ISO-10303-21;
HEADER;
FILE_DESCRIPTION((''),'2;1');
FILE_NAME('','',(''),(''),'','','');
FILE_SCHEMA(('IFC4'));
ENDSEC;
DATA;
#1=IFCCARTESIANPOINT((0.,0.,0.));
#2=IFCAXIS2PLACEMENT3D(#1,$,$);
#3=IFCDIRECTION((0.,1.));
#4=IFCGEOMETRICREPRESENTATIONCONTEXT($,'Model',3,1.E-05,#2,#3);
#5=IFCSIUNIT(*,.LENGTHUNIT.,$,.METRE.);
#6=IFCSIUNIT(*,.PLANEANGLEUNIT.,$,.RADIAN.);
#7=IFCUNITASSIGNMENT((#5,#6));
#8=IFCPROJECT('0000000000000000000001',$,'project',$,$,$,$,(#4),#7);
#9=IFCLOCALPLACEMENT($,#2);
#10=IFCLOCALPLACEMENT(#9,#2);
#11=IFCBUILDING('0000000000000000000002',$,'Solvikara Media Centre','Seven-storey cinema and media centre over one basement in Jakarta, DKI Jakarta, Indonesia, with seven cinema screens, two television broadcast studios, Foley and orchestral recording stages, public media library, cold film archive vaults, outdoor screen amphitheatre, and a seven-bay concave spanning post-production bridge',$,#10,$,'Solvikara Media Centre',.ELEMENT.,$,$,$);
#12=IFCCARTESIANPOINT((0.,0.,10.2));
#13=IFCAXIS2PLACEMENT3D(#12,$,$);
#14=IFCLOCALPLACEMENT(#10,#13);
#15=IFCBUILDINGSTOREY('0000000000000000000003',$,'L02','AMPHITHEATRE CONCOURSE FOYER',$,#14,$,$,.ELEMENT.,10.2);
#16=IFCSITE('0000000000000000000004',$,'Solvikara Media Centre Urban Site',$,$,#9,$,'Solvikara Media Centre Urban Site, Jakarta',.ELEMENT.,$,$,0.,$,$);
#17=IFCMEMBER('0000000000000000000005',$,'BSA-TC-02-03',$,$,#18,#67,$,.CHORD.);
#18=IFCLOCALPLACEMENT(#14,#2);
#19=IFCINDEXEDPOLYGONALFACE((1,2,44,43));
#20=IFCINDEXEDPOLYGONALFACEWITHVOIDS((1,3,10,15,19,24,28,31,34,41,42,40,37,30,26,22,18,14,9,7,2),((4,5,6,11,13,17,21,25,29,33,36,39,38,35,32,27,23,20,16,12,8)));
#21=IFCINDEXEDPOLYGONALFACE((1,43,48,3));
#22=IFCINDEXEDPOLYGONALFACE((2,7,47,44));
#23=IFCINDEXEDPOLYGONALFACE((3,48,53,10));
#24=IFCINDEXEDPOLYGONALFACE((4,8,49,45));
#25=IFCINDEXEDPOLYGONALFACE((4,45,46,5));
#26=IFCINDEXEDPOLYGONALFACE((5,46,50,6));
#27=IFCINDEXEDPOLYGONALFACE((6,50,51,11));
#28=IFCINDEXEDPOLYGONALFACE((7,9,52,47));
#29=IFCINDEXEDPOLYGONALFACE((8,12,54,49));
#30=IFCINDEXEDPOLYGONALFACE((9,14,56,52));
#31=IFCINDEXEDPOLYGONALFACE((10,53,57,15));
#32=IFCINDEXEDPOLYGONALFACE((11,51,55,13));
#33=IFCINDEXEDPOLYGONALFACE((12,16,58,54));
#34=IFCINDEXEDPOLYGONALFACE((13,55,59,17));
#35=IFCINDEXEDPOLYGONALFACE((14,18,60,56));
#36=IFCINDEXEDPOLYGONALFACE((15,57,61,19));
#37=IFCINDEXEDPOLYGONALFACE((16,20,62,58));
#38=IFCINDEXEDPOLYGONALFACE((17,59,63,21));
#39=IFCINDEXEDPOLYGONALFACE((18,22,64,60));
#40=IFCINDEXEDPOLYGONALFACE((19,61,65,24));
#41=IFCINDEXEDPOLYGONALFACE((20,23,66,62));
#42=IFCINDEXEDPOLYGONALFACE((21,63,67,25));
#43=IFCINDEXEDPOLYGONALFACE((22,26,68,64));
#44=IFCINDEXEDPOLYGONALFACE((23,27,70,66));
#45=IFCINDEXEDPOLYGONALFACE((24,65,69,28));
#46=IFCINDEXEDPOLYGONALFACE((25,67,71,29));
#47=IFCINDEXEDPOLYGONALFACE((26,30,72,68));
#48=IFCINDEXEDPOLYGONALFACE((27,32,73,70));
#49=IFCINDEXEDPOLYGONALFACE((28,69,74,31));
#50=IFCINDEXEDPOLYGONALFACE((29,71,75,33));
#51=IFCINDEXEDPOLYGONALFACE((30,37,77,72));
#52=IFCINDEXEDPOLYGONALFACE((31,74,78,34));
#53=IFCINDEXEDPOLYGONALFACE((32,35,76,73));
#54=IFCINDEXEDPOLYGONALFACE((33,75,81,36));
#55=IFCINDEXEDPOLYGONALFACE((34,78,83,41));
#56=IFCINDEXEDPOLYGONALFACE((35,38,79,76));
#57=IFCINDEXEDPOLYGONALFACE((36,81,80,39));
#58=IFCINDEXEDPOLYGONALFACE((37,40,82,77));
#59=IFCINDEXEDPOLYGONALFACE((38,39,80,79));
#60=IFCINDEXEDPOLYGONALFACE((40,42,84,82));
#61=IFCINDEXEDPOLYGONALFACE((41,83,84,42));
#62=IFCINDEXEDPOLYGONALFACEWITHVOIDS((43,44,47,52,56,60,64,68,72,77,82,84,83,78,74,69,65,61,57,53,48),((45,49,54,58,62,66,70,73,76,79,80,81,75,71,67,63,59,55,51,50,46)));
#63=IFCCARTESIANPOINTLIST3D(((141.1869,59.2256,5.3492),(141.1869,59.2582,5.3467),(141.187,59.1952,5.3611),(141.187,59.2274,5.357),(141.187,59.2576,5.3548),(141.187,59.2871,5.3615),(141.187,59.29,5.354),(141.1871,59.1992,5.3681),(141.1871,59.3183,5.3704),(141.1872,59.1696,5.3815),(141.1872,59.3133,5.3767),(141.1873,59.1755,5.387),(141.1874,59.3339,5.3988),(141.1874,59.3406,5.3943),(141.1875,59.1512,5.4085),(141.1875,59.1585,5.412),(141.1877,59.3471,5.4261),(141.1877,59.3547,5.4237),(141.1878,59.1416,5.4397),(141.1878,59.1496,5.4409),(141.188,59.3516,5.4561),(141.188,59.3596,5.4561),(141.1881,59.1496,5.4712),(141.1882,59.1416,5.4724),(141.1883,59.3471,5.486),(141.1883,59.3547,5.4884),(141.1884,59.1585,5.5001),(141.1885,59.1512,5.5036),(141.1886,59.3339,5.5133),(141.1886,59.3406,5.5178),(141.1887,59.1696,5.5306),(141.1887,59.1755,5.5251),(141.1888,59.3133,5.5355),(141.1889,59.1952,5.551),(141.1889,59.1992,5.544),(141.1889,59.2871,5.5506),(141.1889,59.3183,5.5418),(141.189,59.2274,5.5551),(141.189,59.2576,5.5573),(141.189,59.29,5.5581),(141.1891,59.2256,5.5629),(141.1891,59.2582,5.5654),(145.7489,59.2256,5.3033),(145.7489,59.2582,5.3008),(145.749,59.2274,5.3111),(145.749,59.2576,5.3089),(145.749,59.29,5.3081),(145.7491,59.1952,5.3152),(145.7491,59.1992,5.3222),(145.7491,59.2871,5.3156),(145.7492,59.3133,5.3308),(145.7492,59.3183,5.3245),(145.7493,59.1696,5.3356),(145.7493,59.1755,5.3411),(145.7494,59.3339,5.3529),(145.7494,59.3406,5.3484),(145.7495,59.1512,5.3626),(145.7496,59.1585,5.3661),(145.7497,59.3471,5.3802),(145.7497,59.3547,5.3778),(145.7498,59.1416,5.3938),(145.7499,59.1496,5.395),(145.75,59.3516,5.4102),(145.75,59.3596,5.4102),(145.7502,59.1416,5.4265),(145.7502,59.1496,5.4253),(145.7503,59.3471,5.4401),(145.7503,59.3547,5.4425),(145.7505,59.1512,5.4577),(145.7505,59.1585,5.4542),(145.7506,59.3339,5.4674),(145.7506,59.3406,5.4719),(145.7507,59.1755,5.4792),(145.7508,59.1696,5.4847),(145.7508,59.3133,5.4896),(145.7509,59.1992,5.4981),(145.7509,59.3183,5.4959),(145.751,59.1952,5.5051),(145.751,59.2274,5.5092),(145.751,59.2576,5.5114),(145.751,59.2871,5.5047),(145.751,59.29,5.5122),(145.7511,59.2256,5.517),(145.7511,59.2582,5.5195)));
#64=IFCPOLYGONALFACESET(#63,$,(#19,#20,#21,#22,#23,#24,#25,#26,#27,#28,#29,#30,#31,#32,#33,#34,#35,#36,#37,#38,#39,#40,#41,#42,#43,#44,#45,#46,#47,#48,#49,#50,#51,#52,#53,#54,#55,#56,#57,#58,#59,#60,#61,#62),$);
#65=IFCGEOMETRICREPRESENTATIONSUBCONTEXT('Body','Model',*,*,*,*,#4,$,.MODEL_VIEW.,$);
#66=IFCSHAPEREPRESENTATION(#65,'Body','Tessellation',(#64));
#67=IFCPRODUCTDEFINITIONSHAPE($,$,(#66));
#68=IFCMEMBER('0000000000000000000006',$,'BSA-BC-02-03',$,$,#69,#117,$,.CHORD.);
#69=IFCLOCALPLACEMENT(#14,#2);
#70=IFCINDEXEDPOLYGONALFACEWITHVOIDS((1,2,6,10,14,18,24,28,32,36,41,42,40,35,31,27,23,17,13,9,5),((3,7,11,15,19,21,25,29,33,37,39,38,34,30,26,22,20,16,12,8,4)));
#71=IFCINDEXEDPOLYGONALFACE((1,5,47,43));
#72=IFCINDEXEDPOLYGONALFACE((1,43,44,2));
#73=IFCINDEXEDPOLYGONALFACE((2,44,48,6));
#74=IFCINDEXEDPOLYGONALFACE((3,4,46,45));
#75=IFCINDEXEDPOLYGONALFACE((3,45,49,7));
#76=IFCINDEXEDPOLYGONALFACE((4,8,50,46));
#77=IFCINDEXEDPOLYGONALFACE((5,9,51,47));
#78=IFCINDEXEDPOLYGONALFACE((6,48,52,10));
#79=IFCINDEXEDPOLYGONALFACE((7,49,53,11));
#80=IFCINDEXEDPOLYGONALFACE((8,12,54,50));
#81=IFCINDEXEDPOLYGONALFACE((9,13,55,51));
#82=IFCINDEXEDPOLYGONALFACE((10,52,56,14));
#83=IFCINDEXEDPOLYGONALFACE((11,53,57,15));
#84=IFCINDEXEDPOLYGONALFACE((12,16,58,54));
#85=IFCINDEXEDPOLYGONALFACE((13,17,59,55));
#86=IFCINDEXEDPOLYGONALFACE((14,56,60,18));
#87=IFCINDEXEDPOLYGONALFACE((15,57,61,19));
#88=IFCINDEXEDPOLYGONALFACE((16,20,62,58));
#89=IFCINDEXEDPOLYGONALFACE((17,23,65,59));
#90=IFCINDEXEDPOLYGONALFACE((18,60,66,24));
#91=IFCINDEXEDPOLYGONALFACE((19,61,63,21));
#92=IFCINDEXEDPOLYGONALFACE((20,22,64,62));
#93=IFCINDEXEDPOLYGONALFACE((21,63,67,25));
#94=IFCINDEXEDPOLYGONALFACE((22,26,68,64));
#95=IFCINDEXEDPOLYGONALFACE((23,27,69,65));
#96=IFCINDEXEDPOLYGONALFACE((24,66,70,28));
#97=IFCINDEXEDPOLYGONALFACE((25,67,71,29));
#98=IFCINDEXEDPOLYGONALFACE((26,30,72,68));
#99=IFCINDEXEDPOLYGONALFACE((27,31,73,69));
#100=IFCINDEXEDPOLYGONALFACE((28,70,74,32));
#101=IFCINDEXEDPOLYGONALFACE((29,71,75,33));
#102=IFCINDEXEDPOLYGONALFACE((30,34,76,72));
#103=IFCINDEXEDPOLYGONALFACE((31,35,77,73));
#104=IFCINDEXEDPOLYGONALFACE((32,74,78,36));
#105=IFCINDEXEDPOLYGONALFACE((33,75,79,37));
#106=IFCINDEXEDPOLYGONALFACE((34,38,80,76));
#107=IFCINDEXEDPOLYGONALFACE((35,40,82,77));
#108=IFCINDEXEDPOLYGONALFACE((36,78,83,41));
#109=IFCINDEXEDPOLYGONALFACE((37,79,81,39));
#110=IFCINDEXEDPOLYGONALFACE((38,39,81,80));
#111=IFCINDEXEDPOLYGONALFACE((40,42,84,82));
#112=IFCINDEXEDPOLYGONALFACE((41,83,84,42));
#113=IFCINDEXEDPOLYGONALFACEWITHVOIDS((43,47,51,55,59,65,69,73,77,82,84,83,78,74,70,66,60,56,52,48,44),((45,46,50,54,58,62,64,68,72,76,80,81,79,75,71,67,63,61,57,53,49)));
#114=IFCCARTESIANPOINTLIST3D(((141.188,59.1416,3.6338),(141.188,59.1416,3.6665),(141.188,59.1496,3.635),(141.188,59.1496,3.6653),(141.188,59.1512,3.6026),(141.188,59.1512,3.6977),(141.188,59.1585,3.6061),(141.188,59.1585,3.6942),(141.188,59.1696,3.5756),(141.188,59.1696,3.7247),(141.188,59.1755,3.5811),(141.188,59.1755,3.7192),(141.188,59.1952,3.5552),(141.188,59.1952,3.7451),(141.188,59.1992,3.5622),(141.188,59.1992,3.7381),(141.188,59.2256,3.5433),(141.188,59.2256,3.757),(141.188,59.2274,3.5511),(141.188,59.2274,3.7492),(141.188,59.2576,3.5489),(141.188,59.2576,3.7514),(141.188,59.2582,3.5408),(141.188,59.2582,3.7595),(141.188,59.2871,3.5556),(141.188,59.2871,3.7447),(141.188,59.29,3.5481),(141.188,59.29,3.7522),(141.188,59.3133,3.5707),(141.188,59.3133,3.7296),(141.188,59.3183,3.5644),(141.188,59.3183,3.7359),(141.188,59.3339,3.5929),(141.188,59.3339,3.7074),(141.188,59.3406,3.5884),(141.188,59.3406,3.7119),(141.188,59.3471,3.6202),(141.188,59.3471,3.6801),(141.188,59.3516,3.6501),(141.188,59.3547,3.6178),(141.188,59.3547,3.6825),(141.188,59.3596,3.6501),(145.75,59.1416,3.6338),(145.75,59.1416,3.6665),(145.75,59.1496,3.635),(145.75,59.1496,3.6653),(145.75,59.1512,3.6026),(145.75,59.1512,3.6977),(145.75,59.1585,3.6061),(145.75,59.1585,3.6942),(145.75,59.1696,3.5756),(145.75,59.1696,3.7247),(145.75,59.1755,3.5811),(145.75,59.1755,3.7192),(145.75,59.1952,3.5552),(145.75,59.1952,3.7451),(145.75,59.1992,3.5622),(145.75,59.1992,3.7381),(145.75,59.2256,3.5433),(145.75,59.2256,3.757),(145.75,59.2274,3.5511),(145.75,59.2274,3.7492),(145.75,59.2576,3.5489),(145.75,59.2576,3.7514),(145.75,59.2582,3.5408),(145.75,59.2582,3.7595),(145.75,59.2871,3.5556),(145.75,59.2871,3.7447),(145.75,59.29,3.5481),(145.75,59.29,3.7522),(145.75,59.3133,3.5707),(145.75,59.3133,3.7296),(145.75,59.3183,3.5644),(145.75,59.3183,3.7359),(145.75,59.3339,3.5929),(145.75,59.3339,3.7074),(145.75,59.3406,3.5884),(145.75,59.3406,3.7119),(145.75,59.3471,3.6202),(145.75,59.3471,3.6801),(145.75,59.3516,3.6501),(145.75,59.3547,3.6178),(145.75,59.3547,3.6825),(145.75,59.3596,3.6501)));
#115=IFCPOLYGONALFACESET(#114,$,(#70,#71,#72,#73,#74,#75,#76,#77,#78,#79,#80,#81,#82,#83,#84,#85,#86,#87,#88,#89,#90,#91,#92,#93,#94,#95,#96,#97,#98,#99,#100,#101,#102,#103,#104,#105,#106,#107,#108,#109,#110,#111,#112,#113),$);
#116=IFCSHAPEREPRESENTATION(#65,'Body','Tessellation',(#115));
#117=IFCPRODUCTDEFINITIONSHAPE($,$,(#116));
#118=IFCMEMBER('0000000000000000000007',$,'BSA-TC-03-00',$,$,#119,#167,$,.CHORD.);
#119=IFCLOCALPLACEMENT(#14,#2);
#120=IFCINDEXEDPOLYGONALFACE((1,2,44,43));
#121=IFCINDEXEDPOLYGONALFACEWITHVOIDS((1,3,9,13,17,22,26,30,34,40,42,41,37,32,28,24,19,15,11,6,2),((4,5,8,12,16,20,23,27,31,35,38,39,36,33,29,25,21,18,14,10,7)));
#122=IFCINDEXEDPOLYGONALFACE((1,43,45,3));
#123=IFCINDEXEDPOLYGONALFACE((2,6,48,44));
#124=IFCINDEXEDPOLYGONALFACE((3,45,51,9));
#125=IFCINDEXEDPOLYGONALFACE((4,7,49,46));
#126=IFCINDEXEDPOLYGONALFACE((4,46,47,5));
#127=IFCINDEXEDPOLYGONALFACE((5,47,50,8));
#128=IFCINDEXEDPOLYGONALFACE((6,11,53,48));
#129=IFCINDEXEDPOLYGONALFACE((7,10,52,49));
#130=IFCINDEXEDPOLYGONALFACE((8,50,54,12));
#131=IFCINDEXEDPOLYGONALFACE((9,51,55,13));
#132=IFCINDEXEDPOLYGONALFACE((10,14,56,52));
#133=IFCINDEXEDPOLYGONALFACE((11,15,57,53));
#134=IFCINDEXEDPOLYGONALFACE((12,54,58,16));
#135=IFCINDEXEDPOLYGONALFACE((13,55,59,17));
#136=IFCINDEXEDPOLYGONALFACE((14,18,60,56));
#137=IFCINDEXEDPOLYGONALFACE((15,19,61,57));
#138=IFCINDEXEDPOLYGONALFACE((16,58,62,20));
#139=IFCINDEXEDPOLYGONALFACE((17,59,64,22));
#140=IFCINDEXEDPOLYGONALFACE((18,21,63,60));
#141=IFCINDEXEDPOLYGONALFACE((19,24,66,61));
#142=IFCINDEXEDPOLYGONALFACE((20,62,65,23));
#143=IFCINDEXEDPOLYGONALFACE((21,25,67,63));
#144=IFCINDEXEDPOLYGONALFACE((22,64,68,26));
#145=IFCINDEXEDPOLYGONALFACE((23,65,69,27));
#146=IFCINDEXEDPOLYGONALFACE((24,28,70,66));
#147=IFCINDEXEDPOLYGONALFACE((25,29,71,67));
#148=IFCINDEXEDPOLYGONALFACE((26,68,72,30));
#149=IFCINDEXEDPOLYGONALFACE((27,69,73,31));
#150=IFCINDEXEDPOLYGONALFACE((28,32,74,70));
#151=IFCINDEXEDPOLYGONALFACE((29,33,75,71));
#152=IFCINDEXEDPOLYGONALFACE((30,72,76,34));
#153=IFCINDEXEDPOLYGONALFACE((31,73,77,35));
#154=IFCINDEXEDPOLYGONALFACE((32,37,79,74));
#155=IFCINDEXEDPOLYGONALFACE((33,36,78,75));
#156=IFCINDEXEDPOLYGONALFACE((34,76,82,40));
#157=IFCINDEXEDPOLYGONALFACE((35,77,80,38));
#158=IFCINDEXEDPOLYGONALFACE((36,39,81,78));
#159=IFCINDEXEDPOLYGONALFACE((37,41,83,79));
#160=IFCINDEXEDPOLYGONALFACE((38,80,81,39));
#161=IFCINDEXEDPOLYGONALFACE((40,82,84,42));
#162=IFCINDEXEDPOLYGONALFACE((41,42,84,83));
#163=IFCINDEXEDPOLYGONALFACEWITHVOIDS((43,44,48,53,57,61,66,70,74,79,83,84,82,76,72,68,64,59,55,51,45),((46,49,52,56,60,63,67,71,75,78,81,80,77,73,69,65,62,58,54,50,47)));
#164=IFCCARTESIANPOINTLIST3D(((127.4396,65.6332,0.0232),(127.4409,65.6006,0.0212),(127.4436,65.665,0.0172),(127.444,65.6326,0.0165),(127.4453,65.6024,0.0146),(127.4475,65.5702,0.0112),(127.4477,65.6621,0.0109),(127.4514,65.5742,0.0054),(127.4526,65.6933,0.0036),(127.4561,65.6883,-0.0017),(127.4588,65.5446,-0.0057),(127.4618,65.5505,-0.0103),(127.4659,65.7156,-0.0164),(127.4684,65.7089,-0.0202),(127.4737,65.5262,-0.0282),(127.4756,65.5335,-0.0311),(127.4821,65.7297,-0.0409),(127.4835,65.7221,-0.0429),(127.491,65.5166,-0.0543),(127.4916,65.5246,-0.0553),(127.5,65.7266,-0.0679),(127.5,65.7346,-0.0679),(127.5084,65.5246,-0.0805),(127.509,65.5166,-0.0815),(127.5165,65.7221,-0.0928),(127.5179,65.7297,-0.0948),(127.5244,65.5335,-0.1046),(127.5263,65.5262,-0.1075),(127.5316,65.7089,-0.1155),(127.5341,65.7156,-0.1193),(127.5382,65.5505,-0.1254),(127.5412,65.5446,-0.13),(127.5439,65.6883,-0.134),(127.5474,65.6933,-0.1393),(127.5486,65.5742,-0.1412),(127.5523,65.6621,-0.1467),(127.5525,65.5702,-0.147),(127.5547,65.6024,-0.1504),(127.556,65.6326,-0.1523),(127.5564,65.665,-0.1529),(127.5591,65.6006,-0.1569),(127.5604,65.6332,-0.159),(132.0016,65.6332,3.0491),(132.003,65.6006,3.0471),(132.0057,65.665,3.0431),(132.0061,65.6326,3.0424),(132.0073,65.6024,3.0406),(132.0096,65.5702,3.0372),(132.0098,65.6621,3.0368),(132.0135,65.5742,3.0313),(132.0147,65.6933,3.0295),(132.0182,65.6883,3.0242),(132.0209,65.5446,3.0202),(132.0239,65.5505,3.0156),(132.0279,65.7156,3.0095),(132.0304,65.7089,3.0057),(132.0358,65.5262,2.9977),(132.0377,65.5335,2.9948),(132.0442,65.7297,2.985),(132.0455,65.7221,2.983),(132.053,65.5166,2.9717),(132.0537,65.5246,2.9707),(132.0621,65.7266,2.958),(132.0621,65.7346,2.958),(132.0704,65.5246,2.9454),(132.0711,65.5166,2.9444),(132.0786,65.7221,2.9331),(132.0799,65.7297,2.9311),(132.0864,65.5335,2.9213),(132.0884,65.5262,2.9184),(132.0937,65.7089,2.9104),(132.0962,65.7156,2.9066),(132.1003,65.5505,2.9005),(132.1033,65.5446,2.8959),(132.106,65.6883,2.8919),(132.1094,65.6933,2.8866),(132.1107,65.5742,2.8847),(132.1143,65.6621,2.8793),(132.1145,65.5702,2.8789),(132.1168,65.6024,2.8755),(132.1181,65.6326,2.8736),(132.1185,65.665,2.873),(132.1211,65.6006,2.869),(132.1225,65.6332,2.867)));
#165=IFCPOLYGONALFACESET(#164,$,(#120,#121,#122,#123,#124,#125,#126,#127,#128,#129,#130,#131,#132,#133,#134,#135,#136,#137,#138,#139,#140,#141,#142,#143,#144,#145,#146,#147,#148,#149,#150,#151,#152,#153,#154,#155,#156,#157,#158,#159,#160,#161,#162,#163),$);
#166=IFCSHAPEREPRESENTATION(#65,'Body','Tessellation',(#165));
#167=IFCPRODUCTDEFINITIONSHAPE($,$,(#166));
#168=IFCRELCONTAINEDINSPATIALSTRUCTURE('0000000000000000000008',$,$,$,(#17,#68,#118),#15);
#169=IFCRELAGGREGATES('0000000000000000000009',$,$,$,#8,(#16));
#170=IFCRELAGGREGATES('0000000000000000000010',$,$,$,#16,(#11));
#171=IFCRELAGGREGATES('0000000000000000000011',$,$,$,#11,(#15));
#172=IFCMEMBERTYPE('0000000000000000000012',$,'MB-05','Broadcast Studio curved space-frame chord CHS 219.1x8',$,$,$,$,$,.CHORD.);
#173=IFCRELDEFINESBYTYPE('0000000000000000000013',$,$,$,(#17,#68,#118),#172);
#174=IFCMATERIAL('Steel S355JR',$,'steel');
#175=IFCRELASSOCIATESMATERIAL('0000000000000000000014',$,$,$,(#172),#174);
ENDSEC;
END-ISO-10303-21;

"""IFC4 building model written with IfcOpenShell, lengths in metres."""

from ifc_helpers import new_model, si_unit, direction, frame, origin, origin_2d, place, context, subcontext, project, spatial, hollow_circle, extrude, material, material_profile, profile_set, type_object, element, save


model = new_model("IFC4")

# Units and contexts
model_context = context("Model", 3, precision=1e-05, world=origin(), true_north=direction((0.0, 1.0)))
body_context = subcontext(model_context, "Body", "Model", "MODEL_VIEW")
ifc_project = project(units=[si_unit("LENGTHUNIT", "METRE"), si_unit("PLANEANGLEUNIT", "RADIAN")], contexts=[model_context])

# Site, building, storey
site_placement = place(None, origin())
site = spatial("IfcSite", under=ifc_project, at=site_placement, Name="Solvikara Media Centre Urban Site", LongName="Solvikara Media Centre Urban Site, Jakarta", CompositionType="ELEMENT", RefElevation=0.0)
building_placement = place(site_placement, origin())
building = spatial("IfcBuilding", under=site, at=building_placement, Name="Solvikara Media Centre", Description="Seven-storey cinema and media centre over one basement in Jakarta, DKI Jakarta, Indonesia, with seven cinema screens, two television broadcast studios, Foley and orchestral recording stages, public media library, cold film archive vaults, outdoor screen amphitheatre, and a seven-bay concave spanning post-production bridge", LongName="Solvikara Media Centre", CompositionType="ELEMENT")
storey_placement = place(building_placement, frame((0.0, 0.0, 10.2)))
storey = spatial("IfcBuildingStorey", under=building, at=storey_placement, Name="L02", Description="AMPHITHEATRE CONCOURSE FOYER", CompositionType="ELEMENT", Elevation=10.2)

# Members
ifc_material_1 = material(Name="Steel S355JR", Category="steel")
ifc_material_profile_1 = material_profile(ifc_material_1, hollow_circle(Radius=0.1096, WallThickness=0.0081, at=origin_2d()), Name="CHS 219.1x8")
ifc_profile_set_1 = profile_set([ifc_material_profile_1], Name="Steel S355JR")
member_type_1 = type_object("IfcMemberType", Name="MB-05", Description="Broadcast Studio curved space-frame chord CHS 219.1x8", PredefinedType="CHORD", material=ifc_profile_set_1)
member_1_placement = place(storey_placement, frame((141.188, 59.25, 5.4561), z_axis=(0.999949, 0.0, -0.01006), x_axis=(0.0, 1.0, 0.0)))
element("IfcMember", 1, at=member_1_placement, inside=storey, type_object=member_type_1, Name="BSA-TC-02-03", PredefinedType="CHORD", context=body_context, shape_type="SweptSolid", body=[
    extrude(hollow_circle(Radius=0.1096, WallThickness=0.0081, at=origin_2d()), origin(), (0.0, 0.0, 1.0), 4.5623),
])
member_2_placement = place(storey_placement, frame((141.188, 59.25, 3.6501), z_axis=(1.0, 0.0, 0.0), x_axis=(0.0, 1.0, 0.0)))
element("IfcMember", 2, at=member_2_placement, inside=storey, type_object=member_type_1, Name="BSA-BC-02-03", PredefinedType="CHORD", context=body_context, shape_type="SweptSolid", body=[
    extrude(hollow_circle(Radius=0.1096, WallThickness=0.0081, at=origin_2d()), origin(), (0.0, 0.0, 1.0), 4.562),
])
member_3_placement = place(storey_placement, frame((127.5, 65.625, -0.0679), z_axis=(0.833352, 0.0, 0.552743), x_axis=(0.0, 1.0, 0.0)))
element("IfcMember", 3, at=member_3_placement, inside=storey, type_object=member_type_1, Name="BSA-TC-03-00", PredefinedType="CHORD", context=body_context, shape_type="SweptSolid", body=[
    extrude(hollow_circle(Radius=0.1096, WallThickness=0.0081, at=origin_2d()), origin(), (0.0, 0.0, 1.0), 5.4744),
])

save(model, "model.ifc")
